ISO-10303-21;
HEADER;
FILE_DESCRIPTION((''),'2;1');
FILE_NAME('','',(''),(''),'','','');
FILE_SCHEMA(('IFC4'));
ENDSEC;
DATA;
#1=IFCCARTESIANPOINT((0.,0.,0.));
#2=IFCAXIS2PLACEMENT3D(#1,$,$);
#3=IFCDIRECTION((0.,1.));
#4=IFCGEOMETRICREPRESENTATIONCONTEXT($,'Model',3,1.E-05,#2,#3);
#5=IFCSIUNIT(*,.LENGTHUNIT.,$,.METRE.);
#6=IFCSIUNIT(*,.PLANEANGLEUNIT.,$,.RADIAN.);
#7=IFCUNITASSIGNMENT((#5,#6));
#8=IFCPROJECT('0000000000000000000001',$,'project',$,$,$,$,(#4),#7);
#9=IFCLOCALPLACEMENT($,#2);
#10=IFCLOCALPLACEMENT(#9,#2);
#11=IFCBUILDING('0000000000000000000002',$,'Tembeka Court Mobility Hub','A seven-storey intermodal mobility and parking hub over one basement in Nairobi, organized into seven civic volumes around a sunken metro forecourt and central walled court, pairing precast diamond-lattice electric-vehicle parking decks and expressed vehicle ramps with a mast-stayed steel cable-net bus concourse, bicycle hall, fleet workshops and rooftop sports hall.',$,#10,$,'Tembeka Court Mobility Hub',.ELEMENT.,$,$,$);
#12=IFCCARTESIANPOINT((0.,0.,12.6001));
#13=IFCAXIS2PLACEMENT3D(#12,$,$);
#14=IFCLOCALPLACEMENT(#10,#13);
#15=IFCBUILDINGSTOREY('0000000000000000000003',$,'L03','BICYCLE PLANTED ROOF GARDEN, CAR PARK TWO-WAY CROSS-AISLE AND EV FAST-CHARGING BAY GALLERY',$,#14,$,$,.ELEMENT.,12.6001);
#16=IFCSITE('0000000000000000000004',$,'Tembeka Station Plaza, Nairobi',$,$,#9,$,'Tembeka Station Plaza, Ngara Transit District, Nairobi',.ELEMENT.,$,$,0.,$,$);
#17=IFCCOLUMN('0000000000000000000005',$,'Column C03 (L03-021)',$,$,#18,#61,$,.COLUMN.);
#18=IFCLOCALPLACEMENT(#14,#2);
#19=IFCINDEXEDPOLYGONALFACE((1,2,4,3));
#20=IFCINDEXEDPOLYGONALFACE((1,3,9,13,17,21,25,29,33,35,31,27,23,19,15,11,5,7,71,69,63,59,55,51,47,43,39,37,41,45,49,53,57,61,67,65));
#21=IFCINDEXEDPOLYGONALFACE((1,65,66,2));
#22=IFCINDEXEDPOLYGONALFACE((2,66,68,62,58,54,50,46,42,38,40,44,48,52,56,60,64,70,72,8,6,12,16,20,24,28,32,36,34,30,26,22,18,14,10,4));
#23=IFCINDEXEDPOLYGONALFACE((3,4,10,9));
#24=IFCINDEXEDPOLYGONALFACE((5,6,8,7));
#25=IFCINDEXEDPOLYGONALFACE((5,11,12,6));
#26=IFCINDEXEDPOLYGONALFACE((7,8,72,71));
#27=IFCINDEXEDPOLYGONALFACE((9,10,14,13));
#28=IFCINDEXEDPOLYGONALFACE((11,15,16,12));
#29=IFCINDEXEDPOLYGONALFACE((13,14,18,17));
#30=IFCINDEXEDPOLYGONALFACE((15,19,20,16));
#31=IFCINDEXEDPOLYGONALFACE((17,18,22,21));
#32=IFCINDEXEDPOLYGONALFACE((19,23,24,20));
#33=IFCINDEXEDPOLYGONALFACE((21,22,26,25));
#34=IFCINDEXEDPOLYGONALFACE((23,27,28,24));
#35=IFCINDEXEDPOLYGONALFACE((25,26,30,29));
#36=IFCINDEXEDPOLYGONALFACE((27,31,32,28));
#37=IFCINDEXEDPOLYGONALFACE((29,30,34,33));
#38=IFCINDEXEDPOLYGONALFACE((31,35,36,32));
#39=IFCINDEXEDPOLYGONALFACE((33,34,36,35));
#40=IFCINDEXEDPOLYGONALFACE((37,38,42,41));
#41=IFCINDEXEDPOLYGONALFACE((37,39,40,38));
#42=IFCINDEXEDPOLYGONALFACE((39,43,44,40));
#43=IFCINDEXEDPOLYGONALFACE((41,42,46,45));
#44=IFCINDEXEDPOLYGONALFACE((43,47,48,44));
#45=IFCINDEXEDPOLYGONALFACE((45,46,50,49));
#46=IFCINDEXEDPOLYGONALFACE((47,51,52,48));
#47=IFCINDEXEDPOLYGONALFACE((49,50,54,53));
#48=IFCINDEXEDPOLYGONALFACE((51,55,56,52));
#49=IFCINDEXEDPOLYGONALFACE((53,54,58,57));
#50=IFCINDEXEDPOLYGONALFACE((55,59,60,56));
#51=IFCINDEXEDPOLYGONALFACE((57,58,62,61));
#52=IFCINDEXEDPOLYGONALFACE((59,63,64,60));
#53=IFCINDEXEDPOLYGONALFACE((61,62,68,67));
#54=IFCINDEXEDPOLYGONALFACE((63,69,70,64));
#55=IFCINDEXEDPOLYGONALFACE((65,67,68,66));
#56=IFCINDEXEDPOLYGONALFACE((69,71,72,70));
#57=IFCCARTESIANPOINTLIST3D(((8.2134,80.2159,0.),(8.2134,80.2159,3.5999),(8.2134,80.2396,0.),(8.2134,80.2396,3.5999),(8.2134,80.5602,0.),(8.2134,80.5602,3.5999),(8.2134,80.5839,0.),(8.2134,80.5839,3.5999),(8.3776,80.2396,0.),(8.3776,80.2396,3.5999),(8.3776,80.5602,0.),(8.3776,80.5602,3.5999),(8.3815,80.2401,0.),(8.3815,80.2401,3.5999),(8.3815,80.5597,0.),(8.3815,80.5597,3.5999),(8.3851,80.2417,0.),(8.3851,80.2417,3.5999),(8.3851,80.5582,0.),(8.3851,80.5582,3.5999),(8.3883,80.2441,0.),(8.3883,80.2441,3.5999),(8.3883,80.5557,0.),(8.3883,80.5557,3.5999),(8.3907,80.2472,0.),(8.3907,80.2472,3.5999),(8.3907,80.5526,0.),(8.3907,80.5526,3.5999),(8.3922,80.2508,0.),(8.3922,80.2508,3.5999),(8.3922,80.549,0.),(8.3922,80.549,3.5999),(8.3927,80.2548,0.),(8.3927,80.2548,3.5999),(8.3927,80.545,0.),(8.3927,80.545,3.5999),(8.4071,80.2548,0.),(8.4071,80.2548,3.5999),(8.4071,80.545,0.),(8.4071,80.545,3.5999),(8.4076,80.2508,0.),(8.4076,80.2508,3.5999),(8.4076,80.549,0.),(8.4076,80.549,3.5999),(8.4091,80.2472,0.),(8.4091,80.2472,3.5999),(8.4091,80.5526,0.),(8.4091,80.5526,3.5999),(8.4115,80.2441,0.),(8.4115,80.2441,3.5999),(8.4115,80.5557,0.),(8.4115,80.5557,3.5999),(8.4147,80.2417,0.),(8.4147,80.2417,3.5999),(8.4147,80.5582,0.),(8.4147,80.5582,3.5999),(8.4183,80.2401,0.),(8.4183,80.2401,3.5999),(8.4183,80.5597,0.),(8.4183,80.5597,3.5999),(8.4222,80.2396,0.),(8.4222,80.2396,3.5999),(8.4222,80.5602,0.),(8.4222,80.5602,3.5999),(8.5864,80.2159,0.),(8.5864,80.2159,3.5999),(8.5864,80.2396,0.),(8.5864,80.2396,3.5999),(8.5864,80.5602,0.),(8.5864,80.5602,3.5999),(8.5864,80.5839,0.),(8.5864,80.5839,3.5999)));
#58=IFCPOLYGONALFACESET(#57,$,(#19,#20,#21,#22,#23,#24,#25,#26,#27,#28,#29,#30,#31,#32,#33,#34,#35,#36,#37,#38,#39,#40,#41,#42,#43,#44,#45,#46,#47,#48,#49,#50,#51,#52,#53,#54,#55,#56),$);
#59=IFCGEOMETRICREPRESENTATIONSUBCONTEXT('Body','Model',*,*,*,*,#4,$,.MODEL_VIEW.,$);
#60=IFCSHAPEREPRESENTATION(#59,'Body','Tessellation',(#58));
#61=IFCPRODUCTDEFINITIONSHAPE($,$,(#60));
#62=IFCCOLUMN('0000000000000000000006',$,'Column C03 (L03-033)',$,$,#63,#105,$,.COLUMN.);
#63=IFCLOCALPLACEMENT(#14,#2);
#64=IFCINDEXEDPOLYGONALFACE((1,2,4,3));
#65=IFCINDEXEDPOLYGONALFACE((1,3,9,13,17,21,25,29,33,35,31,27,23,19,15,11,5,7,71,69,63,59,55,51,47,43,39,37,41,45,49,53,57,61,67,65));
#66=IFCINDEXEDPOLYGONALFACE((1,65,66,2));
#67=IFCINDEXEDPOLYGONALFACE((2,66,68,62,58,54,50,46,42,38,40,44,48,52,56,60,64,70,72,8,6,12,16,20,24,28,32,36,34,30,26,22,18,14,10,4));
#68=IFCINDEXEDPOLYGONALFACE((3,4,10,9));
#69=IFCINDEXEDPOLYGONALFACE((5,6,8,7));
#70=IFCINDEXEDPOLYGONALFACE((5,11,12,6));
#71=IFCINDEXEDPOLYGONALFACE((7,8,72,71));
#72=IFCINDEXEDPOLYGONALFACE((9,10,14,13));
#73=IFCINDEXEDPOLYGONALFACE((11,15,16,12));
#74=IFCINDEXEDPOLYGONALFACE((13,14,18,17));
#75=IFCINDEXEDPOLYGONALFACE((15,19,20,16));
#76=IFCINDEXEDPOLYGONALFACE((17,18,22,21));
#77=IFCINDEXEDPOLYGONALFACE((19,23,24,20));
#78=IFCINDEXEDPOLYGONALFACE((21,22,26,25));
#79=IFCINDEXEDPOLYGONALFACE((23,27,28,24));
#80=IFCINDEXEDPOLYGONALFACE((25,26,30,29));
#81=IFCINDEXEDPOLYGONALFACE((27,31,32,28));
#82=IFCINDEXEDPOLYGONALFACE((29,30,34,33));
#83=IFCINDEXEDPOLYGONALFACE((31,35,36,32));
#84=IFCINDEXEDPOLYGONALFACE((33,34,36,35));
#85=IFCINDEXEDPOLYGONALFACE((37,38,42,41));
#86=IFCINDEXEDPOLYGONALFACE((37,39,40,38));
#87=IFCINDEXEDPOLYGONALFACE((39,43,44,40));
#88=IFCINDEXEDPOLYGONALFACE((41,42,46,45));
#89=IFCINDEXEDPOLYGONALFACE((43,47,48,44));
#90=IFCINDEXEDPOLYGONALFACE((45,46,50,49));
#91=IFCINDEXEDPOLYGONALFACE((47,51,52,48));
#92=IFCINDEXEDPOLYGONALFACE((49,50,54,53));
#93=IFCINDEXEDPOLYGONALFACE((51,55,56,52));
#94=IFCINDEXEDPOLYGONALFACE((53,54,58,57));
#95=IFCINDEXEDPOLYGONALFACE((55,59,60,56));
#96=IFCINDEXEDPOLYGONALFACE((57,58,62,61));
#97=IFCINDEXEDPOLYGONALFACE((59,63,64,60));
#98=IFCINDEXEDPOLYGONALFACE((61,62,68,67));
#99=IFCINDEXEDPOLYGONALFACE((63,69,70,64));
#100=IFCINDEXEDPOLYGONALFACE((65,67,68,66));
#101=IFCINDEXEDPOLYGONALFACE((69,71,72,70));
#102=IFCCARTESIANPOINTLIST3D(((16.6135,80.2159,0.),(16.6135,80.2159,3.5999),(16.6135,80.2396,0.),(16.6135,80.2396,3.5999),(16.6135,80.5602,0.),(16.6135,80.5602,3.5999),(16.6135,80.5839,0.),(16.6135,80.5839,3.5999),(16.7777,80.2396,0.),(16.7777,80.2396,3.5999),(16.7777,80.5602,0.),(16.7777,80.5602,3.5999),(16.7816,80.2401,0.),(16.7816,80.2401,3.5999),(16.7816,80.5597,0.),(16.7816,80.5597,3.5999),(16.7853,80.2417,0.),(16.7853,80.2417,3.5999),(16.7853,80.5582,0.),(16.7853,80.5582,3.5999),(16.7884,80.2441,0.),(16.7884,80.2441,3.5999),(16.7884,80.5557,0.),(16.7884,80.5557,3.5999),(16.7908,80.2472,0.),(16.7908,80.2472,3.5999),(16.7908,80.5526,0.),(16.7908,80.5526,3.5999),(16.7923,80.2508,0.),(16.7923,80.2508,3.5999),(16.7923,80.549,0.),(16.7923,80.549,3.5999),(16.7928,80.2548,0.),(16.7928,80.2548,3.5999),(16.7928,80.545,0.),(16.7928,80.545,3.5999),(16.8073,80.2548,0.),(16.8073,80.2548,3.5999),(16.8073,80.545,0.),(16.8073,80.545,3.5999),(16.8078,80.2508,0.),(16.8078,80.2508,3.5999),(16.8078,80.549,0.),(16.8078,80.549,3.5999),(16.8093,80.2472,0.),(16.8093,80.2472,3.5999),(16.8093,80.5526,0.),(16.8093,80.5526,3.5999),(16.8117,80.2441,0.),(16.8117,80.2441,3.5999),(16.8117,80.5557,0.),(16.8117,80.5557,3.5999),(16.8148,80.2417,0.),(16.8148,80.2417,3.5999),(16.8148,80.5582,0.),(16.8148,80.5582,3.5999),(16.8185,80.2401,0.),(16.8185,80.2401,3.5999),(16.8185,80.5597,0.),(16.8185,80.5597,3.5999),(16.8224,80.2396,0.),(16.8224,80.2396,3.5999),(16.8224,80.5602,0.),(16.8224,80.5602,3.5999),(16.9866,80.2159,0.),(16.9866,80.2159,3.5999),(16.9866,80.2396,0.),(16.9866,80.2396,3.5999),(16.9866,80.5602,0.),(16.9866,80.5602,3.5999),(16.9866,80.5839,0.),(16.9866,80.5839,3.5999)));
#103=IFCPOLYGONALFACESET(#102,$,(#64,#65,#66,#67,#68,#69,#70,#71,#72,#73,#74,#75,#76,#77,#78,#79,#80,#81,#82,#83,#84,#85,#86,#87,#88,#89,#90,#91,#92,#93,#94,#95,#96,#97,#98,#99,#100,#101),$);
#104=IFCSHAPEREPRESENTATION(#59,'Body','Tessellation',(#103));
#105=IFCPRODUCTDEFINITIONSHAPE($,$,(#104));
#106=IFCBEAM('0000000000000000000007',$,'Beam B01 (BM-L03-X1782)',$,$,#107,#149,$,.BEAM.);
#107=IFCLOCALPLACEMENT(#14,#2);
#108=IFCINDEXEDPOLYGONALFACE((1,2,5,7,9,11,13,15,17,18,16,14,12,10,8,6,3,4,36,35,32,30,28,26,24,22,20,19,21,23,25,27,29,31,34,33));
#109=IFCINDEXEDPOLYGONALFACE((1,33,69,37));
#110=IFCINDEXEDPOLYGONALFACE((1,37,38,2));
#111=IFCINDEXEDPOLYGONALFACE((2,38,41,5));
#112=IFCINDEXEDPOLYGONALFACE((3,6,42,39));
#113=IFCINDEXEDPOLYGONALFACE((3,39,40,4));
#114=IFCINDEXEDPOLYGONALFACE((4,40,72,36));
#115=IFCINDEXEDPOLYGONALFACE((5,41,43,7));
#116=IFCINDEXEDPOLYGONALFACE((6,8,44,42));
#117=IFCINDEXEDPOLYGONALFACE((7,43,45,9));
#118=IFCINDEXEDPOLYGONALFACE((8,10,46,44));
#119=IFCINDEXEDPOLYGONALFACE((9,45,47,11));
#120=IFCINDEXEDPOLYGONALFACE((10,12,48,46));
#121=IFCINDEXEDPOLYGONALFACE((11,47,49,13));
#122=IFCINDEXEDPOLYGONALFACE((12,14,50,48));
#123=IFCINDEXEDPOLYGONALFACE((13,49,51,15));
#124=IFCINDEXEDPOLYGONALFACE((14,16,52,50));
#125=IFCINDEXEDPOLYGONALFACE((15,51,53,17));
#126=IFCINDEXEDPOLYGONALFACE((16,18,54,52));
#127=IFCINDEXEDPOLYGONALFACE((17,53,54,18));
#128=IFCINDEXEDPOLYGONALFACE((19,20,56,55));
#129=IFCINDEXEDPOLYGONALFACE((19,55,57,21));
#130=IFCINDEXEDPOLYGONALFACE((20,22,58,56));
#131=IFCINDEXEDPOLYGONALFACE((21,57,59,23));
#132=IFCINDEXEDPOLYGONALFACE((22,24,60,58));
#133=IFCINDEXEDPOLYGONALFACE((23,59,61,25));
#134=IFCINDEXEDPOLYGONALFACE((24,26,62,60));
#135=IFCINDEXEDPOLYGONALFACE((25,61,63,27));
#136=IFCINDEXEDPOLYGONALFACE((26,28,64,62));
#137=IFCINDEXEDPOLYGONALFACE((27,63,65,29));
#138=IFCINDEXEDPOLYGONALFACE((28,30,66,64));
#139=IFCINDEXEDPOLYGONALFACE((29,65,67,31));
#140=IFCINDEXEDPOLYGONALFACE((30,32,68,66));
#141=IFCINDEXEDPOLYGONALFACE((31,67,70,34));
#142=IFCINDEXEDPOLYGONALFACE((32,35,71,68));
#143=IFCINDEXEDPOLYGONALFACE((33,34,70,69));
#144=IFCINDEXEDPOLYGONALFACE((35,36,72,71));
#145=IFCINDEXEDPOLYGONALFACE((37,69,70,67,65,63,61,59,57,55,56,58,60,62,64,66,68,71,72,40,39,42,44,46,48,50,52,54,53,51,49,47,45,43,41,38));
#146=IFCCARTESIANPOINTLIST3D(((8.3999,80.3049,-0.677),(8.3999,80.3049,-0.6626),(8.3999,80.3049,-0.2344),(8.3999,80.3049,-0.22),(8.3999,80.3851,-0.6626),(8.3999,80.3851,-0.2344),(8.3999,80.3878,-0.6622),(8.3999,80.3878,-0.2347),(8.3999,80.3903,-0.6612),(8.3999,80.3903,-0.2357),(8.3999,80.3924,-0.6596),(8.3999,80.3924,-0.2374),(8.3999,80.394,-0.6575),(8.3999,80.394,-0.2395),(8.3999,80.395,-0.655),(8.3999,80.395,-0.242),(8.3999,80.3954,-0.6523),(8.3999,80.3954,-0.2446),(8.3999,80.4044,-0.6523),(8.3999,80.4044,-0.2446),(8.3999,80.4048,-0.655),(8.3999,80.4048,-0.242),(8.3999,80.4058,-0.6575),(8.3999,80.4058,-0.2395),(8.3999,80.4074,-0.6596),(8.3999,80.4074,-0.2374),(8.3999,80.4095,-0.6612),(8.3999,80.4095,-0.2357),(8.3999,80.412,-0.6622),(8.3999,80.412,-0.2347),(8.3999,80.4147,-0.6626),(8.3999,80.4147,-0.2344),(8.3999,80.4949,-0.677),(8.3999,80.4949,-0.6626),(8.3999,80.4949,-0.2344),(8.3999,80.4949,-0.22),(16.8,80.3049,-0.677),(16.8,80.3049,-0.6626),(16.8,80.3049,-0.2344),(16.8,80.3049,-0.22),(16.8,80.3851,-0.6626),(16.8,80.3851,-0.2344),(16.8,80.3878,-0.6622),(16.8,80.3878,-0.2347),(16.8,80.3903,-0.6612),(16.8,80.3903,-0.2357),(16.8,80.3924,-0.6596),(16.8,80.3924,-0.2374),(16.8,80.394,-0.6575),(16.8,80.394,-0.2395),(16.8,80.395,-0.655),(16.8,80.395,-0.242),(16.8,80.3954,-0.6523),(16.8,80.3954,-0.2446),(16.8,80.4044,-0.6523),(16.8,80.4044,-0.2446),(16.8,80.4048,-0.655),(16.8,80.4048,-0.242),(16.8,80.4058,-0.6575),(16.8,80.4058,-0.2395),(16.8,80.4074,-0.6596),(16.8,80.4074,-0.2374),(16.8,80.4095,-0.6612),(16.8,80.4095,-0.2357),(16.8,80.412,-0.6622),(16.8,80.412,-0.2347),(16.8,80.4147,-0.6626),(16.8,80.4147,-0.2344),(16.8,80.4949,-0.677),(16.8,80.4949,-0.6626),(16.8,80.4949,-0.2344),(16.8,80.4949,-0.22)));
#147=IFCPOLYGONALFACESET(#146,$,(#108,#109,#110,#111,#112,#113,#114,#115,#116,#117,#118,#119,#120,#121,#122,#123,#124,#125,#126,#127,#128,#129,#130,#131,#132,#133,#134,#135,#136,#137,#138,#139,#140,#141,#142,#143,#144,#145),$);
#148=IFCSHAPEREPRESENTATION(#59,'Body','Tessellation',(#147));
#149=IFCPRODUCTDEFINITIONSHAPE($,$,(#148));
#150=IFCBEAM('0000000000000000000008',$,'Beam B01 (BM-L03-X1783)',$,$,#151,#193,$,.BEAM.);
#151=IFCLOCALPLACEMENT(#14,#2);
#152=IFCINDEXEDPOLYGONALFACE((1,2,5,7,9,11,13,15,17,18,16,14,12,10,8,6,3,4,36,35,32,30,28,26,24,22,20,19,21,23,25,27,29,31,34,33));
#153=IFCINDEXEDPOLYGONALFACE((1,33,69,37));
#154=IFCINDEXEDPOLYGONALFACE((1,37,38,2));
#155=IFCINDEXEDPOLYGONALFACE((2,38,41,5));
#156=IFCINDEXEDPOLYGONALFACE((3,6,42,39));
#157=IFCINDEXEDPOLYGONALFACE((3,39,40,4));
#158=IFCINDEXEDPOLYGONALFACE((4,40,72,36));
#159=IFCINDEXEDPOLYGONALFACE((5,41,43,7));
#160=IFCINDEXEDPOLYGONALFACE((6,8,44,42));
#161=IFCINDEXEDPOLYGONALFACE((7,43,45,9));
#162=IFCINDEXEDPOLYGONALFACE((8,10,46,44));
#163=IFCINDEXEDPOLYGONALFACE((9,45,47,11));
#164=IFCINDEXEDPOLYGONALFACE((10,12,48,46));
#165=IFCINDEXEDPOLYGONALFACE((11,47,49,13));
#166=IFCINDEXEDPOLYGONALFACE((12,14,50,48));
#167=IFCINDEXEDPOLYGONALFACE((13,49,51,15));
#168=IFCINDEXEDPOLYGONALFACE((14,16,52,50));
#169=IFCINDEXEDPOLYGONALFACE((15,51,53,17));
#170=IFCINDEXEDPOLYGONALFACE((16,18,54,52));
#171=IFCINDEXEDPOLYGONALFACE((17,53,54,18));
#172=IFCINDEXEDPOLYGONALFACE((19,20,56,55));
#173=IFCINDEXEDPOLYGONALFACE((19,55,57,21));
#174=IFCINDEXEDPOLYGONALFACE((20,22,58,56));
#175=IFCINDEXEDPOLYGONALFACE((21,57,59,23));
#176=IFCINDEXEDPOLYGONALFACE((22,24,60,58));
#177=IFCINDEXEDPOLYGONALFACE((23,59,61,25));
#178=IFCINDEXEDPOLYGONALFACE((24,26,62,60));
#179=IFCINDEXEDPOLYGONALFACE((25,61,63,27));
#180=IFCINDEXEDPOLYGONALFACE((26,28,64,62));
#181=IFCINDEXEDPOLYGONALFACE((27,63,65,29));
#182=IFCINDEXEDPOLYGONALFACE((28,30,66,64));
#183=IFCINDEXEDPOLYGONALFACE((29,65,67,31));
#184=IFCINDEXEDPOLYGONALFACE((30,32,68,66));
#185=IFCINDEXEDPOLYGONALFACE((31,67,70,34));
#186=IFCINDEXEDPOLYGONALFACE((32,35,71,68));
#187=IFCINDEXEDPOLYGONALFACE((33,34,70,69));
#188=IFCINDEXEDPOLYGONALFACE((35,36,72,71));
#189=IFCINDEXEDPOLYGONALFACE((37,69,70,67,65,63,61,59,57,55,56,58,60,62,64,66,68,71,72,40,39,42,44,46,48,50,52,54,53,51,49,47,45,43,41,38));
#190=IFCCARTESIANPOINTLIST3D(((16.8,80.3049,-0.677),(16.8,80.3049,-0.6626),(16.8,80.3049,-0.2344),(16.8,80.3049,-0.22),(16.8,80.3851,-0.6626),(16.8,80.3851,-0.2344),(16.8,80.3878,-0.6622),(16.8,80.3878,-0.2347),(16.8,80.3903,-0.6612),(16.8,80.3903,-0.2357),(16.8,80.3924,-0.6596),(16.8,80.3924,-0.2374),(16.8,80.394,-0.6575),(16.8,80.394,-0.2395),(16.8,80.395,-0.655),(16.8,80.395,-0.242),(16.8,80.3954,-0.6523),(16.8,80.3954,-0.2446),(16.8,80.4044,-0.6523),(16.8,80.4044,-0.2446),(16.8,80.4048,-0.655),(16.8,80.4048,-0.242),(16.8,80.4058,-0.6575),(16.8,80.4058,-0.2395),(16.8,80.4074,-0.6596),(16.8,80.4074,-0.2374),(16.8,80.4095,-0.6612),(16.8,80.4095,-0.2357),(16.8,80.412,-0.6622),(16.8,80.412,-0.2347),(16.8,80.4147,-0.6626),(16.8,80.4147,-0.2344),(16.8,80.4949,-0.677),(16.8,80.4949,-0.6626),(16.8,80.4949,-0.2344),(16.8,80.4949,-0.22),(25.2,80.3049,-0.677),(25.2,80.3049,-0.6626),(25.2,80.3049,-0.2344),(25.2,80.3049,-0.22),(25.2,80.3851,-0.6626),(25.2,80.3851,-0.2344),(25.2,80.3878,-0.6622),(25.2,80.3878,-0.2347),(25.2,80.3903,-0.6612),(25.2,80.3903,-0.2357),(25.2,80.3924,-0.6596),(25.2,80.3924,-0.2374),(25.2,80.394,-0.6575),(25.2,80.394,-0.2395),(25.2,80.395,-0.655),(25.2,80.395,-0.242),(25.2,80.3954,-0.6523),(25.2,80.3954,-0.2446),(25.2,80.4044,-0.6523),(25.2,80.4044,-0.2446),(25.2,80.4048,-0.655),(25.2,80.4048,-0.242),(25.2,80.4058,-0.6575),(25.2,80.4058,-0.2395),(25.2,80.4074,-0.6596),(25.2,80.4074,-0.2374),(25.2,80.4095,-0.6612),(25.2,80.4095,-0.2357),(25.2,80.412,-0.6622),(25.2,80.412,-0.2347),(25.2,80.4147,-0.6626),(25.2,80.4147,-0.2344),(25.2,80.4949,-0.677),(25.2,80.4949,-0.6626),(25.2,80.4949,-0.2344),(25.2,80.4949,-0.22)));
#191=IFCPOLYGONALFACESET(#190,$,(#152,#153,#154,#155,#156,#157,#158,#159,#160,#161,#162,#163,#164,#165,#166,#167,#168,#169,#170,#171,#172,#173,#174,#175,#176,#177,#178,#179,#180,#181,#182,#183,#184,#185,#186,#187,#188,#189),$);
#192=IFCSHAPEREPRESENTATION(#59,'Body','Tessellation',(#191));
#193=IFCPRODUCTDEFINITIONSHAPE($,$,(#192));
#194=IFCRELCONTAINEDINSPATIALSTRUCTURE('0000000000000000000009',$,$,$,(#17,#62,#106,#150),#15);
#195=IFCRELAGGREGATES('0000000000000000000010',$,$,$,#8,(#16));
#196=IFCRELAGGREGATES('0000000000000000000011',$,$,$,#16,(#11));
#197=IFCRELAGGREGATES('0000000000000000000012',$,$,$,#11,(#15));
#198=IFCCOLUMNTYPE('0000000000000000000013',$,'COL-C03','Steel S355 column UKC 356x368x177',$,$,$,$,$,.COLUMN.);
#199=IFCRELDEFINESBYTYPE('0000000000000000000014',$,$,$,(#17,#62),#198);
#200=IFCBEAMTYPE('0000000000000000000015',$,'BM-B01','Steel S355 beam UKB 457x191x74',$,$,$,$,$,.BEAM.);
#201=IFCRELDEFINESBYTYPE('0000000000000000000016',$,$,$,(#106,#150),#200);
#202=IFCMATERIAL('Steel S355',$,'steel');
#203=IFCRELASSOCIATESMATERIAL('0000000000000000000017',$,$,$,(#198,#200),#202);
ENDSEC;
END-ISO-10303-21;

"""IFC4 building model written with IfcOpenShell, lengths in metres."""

from ifc_helpers import new_model, si_unit, direction, frame, origin, origin_2d, place, context, subcontext, project, spatial, i_section, extrude, material, material_profile, profile_set, type_object, element, save


model = new_model("IFC4")

# Units and contexts
model_context = context("Model", 3, precision=1e-05, world=origin(), true_north=direction((0.0, 1.0)))
body_context = subcontext(model_context, "Body", "Model", "MODEL_VIEW")
ifc_project = project(units=[si_unit("LENGTHUNIT", "METRE"), si_unit("PLANEANGLEUNIT", "RADIAN")], contexts=[model_context])

# Site, building, storey
site_placement = place(None, origin())
site = spatial("IfcSite", under=ifc_project, at=site_placement, Name="Tembeka Station Plaza, Nairobi", LongName="Tembeka Station Plaza, Ngara Transit District, Nairobi", CompositionType="ELEMENT", RefElevation=0.0)
building_placement = place(site_placement, origin())
building = spatial("IfcBuilding", under=site, at=building_placement, Name="Tembeka Court Mobility Hub", Description="A seven-storey intermodal mobility and parking hub over one basement in Nairobi, organized into seven civic volumes around a sunken metro forecourt and central walled court, pairing precast diamond-lattice electric-vehicle parking decks and expressed vehicle ramps with a mast-stayed steel cable-net bus concourse, bicycle hall, fleet workshops and rooftop sports hall.", LongName="Tembeka Court Mobility Hub", CompositionType="ELEMENT")
storey_placement = place(building_placement, frame((0.0, 0.0, 12.6001)))
storey = spatial("IfcBuildingStorey", under=building, at=storey_placement, Name="L03", Description="BICYCLE PLANTED ROOF GARDEN, CAR PARK TWO-WAY CROSS-AISLE AND EV FAST-CHARGING BAY GALLERY", CompositionType="ELEMENT", Elevation=12.6001)

# Columns
ifc_material_1 = material(Name="Steel S355", Category="steel")
ifc_material_profile_1 = material_profile(ifc_material_1, i_section(OverallWidth=0.373, OverallDepth=0.3679, WebThickness=0.0144, FlangeThickness=0.0237, FilletRadius=0.0151, at=origin_2d()), Name="UKC 356x368x177")
ifc_profile_set_1 = profile_set([ifc_material_profile_1], Name="Steel S355")
column_type = type_object("IfcColumnType", Name="COL-C03", Description="Steel S355 column UKC 356x368x177", PredefinedType="COLUMN", material=ifc_profile_set_1)
for number, where, z_axis, x_axis, name in (
    (1, (8.3999, 80.3999, 0.0), (0.0, 0.0, 1.0), (1.0, 0.0, 0.0), "Column C03 (L03-021)"),
    (2, (16.8, 80.3999, 0.0), (0.0, 0.0, 1.0), (1.0, 0.0, 0.0), "Column C03 (L03-033)"),
):
    element("IfcColumn", number, at=place(storey_placement, frame(where, z_axis=z_axis, x_axis=x_axis)), inside=storey, type_object=column_type, Name=name, PredefinedType="COLUMN", context=body_context, shape_type="SweptSolid", body=[
        extrude(i_section(OverallWidth=0.373, OverallDepth=0.3679, WebThickness=0.0144, FlangeThickness=0.0237, FilletRadius=0.0151, at=origin_2d()), origin(), (0.0, 0.0, 1.0), 3.5999),
    ])

# Beams
ifc_material_profile_2 = material_profile(ifc_material_1, i_section(OverallWidth=0.1899, OverallDepth=0.457, WebThickness=0.009, FlangeThickness=0.0144, FilletRadius=0.0103, at=origin_2d()), Name="UKB 457x191x74")
ifc_profile_set_2 = profile_set([ifc_material_profile_2], Name="Steel S355")
beam_type_1 = type_object("IfcBeamType", Name="BM-B01", Description="Steel S355 beam UKB 457x191x74", PredefinedType="BEAM", material=ifc_profile_set_2)
beam_1_placement = place(storey_placement, frame((8.3999, 80.3999, -0.4485), z_axis=(1.0, 0.0, 0.0), x_axis=(0.0, 1.0, 0.0)))
element("IfcBeam", 3, at=beam_1_placement, inside=storey, type_object=beam_type_1, Name="Beam B01 (BM-L03-X1782)", PredefinedType="BEAM", context=body_context, shape_type="SweptSolid", body=[
    extrude(i_section(OverallWidth=0.1899, OverallDepth=0.457, WebThickness=0.009, FlangeThickness=0.0144, FilletRadius=0.0103, at=origin_2d()), origin(), (0.0, 0.0, 1.0), 8.4001),
])
beam_2_placement = place(storey_placement, frame((16.8, 80.3999, -0.4485), z_axis=(1.0, 0.0, 0.0), x_axis=(0.0, 1.0, 0.0)))
element("IfcBeam", 4, at=beam_2_placement, inside=storey, type_object=beam_type_1, Name="Beam B01 (BM-L03-X1783)", PredefinedType="BEAM", context=body_context, shape_type="SweptSolid", body=[
    extrude(i_section(OverallWidth=0.1899, OverallDepth=0.457, WebThickness=0.009, FlangeThickness=0.0144, FilletRadius=0.0103, at=origin_2d()), origin(), (0.0, 0.0, 1.0), 8.3999),
])

save(model, "model.ifc")
